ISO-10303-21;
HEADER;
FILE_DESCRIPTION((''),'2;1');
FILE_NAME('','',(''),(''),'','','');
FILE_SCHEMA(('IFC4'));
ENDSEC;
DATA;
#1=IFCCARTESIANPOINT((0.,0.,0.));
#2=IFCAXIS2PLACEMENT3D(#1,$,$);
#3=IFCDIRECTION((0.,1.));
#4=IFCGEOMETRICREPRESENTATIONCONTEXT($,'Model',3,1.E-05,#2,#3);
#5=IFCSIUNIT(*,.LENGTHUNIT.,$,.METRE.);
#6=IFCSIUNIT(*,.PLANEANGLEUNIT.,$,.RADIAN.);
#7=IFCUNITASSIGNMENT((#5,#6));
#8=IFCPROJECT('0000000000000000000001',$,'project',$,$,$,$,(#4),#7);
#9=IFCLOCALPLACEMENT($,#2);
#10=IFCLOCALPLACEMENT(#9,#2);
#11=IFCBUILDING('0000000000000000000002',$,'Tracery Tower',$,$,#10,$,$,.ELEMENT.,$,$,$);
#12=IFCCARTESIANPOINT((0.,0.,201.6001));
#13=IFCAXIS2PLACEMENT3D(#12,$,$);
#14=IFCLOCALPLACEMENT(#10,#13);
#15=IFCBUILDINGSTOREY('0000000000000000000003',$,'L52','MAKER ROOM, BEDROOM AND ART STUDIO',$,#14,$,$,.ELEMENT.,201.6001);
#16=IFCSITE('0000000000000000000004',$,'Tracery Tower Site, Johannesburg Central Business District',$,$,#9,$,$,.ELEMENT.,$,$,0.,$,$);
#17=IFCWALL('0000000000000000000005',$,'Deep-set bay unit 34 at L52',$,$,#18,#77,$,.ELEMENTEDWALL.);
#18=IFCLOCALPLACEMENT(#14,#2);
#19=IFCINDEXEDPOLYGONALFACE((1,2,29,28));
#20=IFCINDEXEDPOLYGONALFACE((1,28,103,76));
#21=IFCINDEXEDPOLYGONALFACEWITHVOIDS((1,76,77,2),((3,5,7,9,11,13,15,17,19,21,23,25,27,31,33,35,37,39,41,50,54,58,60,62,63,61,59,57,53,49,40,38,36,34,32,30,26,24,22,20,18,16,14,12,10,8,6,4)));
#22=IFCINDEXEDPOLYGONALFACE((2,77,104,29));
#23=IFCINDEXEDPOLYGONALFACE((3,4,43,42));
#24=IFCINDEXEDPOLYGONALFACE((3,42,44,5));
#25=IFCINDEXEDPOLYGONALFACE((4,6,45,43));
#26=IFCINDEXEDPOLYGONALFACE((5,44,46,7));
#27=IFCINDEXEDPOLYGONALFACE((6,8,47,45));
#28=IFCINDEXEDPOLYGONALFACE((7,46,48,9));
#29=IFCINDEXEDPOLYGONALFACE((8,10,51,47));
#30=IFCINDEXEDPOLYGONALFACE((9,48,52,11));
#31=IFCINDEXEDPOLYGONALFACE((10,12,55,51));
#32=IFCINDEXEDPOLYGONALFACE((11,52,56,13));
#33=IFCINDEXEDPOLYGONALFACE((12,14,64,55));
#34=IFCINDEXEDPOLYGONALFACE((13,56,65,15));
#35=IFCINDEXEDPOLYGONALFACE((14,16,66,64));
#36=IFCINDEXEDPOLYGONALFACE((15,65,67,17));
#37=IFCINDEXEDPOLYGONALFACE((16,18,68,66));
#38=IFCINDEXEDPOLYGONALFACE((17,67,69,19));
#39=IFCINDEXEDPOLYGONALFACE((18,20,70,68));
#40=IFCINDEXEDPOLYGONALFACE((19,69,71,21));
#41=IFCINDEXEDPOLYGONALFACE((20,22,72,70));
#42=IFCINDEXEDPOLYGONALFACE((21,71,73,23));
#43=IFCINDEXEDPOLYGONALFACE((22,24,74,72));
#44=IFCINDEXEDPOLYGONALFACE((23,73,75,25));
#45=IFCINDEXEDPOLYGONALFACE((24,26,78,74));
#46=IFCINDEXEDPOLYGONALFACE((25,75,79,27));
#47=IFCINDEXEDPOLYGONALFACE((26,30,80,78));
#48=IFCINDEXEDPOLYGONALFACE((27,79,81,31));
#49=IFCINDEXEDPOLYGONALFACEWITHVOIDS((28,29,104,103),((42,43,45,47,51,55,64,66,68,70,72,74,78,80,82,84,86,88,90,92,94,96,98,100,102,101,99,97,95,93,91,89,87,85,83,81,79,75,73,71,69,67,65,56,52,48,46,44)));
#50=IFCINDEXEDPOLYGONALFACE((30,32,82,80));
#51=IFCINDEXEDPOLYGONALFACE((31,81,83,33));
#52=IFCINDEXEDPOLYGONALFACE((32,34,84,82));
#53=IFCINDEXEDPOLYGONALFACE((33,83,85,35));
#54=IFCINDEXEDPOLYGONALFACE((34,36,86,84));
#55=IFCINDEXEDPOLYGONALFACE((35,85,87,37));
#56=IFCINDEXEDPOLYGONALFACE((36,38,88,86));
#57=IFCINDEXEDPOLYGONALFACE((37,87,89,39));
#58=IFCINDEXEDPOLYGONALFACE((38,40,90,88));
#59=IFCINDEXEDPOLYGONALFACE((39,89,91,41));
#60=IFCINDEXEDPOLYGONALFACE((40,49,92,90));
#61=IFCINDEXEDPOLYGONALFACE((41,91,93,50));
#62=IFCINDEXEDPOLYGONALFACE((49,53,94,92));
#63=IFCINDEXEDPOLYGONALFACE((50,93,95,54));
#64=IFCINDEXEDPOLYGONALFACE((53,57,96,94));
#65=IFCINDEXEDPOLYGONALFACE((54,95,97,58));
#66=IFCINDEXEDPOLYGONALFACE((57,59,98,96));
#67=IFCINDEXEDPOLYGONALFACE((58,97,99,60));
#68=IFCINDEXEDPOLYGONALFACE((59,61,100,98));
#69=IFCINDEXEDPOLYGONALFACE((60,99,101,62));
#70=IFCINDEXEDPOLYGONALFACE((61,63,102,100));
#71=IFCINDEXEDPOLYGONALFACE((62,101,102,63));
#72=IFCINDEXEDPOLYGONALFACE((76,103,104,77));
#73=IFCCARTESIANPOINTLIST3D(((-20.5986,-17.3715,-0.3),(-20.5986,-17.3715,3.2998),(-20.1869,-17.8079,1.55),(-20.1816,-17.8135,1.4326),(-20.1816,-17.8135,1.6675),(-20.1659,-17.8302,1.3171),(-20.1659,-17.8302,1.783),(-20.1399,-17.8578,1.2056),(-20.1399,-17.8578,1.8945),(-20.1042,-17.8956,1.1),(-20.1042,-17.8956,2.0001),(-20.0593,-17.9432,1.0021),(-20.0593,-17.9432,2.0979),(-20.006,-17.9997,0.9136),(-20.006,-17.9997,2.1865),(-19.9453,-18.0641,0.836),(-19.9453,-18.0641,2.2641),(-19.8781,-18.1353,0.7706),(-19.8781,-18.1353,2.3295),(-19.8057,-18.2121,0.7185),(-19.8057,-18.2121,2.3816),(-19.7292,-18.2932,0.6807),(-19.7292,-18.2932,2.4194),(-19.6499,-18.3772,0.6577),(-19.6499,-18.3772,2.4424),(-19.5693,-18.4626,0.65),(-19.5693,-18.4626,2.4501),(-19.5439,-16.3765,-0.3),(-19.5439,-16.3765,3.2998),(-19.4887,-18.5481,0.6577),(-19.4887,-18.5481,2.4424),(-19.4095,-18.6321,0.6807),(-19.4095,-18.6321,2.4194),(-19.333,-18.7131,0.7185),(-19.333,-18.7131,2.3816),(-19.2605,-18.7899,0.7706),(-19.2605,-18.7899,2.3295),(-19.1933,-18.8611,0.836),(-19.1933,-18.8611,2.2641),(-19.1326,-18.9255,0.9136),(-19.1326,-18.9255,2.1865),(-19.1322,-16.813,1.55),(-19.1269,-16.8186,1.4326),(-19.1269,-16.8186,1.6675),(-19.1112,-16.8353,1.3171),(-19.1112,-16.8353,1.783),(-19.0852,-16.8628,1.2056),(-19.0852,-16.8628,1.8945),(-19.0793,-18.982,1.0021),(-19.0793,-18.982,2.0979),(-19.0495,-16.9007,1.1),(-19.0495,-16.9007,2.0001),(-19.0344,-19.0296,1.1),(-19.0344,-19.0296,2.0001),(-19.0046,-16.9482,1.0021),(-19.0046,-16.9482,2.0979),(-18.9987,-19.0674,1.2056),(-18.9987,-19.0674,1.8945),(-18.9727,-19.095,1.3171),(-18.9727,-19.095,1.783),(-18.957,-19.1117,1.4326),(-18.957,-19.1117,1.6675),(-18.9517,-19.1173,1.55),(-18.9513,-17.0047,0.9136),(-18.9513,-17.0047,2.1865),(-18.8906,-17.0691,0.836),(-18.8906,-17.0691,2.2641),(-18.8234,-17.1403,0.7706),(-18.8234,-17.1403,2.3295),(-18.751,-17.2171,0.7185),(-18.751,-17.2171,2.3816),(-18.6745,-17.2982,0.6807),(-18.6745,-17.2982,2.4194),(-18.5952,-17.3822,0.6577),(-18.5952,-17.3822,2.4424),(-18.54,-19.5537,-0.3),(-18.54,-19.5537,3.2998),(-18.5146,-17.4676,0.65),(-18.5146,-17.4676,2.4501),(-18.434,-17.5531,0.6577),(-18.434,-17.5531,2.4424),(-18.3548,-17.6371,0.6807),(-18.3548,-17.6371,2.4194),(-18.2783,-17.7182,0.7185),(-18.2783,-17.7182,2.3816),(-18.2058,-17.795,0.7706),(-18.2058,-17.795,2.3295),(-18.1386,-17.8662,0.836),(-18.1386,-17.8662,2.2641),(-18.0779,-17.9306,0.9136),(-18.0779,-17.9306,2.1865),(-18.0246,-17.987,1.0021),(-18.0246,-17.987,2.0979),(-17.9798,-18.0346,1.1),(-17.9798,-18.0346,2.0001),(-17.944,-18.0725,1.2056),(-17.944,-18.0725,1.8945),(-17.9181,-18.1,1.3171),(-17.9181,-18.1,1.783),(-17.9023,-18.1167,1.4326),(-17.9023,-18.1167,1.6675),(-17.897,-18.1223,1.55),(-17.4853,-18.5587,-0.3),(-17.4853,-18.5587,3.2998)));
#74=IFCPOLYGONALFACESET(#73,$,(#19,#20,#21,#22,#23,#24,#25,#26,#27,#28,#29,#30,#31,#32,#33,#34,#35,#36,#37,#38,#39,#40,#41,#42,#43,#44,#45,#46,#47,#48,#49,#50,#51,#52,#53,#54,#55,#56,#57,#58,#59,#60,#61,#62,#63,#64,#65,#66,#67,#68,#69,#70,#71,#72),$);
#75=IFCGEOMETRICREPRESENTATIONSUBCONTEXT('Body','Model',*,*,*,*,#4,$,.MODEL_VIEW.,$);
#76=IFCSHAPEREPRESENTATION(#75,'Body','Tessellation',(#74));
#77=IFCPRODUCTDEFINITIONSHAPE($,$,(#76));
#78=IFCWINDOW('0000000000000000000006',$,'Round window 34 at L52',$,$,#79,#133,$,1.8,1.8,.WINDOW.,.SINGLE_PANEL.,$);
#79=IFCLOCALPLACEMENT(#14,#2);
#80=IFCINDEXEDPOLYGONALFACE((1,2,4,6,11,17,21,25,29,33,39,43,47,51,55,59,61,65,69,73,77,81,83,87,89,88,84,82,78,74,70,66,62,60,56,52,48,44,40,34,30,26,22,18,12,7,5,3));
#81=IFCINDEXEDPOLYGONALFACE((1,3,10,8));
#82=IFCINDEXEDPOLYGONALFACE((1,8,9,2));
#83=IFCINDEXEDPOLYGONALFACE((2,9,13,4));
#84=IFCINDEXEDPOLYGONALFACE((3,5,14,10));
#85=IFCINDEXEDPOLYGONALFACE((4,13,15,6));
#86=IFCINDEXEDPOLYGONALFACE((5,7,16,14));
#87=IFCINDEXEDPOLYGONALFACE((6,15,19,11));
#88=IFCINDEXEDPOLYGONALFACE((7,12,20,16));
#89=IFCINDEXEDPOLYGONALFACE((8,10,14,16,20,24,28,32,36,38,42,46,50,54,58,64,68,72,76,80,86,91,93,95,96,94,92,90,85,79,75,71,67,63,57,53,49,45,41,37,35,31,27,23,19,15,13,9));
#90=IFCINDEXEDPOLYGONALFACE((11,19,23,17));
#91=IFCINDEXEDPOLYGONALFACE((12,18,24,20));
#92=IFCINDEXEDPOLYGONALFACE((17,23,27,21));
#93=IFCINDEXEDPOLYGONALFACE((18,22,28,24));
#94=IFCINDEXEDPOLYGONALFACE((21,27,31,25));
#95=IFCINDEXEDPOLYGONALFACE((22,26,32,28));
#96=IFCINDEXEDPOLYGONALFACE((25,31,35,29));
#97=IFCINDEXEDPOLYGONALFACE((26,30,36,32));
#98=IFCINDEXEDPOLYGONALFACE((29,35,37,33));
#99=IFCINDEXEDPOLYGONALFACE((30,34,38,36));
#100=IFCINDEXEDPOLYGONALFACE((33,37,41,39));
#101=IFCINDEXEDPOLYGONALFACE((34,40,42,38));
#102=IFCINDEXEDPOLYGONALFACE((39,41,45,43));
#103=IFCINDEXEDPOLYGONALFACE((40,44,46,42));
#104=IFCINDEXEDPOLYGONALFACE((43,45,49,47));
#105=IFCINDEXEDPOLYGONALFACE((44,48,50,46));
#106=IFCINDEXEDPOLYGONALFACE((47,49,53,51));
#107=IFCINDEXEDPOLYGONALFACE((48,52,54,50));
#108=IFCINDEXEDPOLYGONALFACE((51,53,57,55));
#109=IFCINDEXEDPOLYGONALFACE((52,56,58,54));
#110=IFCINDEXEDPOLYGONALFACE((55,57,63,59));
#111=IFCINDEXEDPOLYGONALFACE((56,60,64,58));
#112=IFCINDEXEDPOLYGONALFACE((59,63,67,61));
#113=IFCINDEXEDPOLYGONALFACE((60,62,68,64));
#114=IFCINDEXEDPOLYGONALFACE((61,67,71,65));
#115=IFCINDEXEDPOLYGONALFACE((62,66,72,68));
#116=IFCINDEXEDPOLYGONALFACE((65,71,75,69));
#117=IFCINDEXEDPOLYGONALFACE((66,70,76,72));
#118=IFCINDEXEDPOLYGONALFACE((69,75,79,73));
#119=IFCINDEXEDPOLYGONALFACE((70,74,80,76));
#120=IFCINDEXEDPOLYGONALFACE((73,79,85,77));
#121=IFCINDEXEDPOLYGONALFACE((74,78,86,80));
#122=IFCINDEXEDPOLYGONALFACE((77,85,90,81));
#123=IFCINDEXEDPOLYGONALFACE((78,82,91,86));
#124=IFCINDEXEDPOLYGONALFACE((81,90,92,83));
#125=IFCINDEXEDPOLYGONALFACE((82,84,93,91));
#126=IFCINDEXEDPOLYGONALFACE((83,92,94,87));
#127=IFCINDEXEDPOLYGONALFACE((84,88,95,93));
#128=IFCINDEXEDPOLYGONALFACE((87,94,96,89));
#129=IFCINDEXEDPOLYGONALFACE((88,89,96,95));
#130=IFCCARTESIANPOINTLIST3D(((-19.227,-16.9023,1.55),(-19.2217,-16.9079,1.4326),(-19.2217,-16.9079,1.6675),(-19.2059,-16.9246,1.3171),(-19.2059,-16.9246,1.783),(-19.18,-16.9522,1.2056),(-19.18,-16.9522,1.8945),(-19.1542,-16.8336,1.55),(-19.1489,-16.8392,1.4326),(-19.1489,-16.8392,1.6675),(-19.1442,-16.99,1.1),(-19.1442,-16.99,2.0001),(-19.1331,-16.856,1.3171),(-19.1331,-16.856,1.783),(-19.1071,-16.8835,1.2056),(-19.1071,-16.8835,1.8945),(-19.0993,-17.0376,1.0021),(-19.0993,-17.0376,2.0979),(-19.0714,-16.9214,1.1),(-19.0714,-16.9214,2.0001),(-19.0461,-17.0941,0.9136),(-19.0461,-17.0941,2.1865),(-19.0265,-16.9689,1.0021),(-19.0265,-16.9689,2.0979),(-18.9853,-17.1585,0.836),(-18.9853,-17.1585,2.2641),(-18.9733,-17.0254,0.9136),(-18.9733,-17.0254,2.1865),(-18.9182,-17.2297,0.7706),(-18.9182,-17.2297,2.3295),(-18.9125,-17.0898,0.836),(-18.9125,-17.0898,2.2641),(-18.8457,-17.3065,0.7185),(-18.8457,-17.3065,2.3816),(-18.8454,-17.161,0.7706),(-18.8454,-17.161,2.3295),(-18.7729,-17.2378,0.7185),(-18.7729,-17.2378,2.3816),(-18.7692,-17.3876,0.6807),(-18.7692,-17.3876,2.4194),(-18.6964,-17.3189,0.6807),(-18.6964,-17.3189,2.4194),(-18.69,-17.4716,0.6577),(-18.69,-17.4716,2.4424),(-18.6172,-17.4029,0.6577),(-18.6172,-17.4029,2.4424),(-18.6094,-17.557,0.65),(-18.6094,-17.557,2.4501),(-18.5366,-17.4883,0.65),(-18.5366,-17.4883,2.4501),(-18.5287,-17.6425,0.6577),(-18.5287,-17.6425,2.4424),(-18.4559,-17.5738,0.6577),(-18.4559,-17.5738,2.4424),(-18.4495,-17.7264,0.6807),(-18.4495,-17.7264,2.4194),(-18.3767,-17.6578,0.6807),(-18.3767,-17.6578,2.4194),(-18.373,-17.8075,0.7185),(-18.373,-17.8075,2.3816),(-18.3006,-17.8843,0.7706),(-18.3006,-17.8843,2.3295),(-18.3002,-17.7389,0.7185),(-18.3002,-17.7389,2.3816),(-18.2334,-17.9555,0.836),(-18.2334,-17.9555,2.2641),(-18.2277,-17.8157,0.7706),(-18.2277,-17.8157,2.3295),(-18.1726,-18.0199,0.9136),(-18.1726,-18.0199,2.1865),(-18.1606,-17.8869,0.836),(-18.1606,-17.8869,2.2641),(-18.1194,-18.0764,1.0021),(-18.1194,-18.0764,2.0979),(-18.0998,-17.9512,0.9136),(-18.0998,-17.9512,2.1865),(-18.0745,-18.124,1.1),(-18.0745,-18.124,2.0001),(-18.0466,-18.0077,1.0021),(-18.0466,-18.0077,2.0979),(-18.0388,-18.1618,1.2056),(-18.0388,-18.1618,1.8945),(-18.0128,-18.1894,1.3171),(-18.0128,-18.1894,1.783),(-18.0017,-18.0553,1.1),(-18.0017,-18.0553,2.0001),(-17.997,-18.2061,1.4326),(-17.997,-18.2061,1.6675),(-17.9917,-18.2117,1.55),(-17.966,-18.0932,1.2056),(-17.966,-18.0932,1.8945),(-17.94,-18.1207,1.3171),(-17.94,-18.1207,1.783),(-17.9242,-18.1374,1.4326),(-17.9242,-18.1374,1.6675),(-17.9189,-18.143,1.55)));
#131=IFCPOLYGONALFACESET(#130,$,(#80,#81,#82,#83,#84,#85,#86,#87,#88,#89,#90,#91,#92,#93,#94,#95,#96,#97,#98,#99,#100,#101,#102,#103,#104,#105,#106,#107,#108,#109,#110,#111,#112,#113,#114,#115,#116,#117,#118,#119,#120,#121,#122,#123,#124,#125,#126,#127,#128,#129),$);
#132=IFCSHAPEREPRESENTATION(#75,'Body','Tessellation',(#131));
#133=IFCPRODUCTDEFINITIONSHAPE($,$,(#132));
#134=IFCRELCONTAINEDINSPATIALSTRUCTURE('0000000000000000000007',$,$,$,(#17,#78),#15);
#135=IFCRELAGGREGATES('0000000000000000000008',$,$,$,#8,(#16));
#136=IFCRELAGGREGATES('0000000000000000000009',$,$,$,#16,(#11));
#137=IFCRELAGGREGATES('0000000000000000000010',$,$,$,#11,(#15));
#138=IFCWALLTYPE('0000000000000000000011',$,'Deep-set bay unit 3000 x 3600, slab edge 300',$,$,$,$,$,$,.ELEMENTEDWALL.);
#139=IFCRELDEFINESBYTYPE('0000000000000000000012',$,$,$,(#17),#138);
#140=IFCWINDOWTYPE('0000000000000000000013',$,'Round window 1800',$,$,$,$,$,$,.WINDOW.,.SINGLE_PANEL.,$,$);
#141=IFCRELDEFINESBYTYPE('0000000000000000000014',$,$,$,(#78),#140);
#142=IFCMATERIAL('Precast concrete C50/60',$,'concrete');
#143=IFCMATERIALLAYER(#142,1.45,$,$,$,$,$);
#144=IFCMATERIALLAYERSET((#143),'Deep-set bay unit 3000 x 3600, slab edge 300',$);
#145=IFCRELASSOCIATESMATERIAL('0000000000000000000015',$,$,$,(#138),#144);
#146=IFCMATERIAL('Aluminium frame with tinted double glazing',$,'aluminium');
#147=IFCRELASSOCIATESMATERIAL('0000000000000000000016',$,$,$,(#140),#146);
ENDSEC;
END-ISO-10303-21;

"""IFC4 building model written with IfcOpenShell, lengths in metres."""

from ifc_helpers import new_model, si_unit, direction, frame, frame_2d, origin, origin_2d, place, context, subcontext, project, spatial, rectangle, circle, extrude, material, layer, layer_set, type_object, element, fill, save


model = new_model("IFC4")

# Units and contexts
model_context = context("Model", 3, precision=1e-05, world=origin(), true_north=direction((0.0, 1.0)))
body_context = subcontext(model_context, "Body", "Model", "MODEL_VIEW")
ifc_project = project(units=[si_unit("LENGTHUNIT", "METRE"), si_unit("PLANEANGLEUNIT", "RADIAN")], contexts=[model_context])

# Site, building, storey
site_placement = place(None, origin())
site = spatial("IfcSite", under=ifc_project, at=site_placement, Name="Tracery Tower Site, Johannesburg Central Business District", CompositionType="ELEMENT", RefElevation=0.0)
building_placement = place(site_placement, origin())
building = spatial("IfcBuilding", under=site, at=building_placement, Name="Tracery Tower", CompositionType="ELEMENT")
storey_placement = place(building_placement, frame((0.0, 0.0, 201.6001)))
storey = spatial("IfcBuildingStorey", under=building, at=storey_placement, Name="L52", Description="MAKER ROOM, BEDROOM AND ART STUDIO", CompositionType="ELEMENT", Elevation=201.6001)

# Wall, opening, window
ifc_material_1 = material(Name="Precast concrete C50/60", Category="concrete")
ifc_layer_1 = layer(ifc_material_1, 1.45)
ifc_layer_set_1 = layer_set([ifc_layer_1], Name="Deep-set bay unit 3000 x 3600, slab edge 300")
wall_type_1 = type_object("IfcWallType", Name="Deep-set bay unit 3000 x 3600, slab edge 300", PredefinedType="ELEMENTEDWALL", material=ifc_layer_set_1)
wall_1_placement = place(storey_placement, frame((-20.0713, -16.874, -0.3), z_axis=(0.0, 0.0, 1.0), x_axis=(0.686217, -0.727397, 0.0)))
wall_1 = element("IfcWall", 1, at=wall_1_placement, inside=storey, type_object=wall_type_1, Name="Deep-set bay unit 34 at L52", PredefinedType="ELEMENTEDWALL", context=body_context, shape_type="SweptSolid", body=[
    extrude(rectangle(XDim=3.0, YDim=1.45, at=frame_2d((1.5, 0.0))), origin(), (0.0, 0.0, 1.0), 3.5999),
])
opening_1_placement = place(wall_1_placement, frame((1.5, 0.0, 1.8501)))
opening_1 = element("IfcOpeningElement", 2, at=opening_1_placement, cuts=wall_1, PredefinedType="OPENING", context=body_context, shape_type="SweptSolid", body=[
    extrude(circle(Radius=0.9, at=origin_2d()), frame((0.0, 0.7349, 0.0), z_axis=(0.0, -1.0, 0.0), x_axis=(1.0, 0.0, 0.0)), (0.0, 0.0, 1.0), 1.47),
])
ifc_material_2 = material(Name="Aluminium frame with tinted double glazing", Category="aluminium")
window_type = type_object("IfcWindowType", Name="Round window 1800", PartitioningType="SINGLE_PANEL", PredefinedType="WINDOW", material=ifc_material_2)
window_1_placement = place(opening_1_placement, origin())
window_1 = element("IfcWindow", 3, at=window_1_placement, inside=storey, type_object=window_type, Name="Round window 34 at L52", OverallHeight=1.8, OverallWidth=1.8, PartitioningType="SINGLE_PANEL", PredefinedType="WINDOW", context=body_context, shape_type="SweptSolid", body=[
    extrude(circle(Radius=0.9, at=origin_2d()), frame((0.0, 0.6948, 0.0), z_axis=(0.0, -1.0, 0.0), x_axis=(1.0, 0.0, 0.0)), (0.0, 0.0, 1.0), 0.1001),
])
fill(opening_1, window_1)

save(model, "model.ifc")
